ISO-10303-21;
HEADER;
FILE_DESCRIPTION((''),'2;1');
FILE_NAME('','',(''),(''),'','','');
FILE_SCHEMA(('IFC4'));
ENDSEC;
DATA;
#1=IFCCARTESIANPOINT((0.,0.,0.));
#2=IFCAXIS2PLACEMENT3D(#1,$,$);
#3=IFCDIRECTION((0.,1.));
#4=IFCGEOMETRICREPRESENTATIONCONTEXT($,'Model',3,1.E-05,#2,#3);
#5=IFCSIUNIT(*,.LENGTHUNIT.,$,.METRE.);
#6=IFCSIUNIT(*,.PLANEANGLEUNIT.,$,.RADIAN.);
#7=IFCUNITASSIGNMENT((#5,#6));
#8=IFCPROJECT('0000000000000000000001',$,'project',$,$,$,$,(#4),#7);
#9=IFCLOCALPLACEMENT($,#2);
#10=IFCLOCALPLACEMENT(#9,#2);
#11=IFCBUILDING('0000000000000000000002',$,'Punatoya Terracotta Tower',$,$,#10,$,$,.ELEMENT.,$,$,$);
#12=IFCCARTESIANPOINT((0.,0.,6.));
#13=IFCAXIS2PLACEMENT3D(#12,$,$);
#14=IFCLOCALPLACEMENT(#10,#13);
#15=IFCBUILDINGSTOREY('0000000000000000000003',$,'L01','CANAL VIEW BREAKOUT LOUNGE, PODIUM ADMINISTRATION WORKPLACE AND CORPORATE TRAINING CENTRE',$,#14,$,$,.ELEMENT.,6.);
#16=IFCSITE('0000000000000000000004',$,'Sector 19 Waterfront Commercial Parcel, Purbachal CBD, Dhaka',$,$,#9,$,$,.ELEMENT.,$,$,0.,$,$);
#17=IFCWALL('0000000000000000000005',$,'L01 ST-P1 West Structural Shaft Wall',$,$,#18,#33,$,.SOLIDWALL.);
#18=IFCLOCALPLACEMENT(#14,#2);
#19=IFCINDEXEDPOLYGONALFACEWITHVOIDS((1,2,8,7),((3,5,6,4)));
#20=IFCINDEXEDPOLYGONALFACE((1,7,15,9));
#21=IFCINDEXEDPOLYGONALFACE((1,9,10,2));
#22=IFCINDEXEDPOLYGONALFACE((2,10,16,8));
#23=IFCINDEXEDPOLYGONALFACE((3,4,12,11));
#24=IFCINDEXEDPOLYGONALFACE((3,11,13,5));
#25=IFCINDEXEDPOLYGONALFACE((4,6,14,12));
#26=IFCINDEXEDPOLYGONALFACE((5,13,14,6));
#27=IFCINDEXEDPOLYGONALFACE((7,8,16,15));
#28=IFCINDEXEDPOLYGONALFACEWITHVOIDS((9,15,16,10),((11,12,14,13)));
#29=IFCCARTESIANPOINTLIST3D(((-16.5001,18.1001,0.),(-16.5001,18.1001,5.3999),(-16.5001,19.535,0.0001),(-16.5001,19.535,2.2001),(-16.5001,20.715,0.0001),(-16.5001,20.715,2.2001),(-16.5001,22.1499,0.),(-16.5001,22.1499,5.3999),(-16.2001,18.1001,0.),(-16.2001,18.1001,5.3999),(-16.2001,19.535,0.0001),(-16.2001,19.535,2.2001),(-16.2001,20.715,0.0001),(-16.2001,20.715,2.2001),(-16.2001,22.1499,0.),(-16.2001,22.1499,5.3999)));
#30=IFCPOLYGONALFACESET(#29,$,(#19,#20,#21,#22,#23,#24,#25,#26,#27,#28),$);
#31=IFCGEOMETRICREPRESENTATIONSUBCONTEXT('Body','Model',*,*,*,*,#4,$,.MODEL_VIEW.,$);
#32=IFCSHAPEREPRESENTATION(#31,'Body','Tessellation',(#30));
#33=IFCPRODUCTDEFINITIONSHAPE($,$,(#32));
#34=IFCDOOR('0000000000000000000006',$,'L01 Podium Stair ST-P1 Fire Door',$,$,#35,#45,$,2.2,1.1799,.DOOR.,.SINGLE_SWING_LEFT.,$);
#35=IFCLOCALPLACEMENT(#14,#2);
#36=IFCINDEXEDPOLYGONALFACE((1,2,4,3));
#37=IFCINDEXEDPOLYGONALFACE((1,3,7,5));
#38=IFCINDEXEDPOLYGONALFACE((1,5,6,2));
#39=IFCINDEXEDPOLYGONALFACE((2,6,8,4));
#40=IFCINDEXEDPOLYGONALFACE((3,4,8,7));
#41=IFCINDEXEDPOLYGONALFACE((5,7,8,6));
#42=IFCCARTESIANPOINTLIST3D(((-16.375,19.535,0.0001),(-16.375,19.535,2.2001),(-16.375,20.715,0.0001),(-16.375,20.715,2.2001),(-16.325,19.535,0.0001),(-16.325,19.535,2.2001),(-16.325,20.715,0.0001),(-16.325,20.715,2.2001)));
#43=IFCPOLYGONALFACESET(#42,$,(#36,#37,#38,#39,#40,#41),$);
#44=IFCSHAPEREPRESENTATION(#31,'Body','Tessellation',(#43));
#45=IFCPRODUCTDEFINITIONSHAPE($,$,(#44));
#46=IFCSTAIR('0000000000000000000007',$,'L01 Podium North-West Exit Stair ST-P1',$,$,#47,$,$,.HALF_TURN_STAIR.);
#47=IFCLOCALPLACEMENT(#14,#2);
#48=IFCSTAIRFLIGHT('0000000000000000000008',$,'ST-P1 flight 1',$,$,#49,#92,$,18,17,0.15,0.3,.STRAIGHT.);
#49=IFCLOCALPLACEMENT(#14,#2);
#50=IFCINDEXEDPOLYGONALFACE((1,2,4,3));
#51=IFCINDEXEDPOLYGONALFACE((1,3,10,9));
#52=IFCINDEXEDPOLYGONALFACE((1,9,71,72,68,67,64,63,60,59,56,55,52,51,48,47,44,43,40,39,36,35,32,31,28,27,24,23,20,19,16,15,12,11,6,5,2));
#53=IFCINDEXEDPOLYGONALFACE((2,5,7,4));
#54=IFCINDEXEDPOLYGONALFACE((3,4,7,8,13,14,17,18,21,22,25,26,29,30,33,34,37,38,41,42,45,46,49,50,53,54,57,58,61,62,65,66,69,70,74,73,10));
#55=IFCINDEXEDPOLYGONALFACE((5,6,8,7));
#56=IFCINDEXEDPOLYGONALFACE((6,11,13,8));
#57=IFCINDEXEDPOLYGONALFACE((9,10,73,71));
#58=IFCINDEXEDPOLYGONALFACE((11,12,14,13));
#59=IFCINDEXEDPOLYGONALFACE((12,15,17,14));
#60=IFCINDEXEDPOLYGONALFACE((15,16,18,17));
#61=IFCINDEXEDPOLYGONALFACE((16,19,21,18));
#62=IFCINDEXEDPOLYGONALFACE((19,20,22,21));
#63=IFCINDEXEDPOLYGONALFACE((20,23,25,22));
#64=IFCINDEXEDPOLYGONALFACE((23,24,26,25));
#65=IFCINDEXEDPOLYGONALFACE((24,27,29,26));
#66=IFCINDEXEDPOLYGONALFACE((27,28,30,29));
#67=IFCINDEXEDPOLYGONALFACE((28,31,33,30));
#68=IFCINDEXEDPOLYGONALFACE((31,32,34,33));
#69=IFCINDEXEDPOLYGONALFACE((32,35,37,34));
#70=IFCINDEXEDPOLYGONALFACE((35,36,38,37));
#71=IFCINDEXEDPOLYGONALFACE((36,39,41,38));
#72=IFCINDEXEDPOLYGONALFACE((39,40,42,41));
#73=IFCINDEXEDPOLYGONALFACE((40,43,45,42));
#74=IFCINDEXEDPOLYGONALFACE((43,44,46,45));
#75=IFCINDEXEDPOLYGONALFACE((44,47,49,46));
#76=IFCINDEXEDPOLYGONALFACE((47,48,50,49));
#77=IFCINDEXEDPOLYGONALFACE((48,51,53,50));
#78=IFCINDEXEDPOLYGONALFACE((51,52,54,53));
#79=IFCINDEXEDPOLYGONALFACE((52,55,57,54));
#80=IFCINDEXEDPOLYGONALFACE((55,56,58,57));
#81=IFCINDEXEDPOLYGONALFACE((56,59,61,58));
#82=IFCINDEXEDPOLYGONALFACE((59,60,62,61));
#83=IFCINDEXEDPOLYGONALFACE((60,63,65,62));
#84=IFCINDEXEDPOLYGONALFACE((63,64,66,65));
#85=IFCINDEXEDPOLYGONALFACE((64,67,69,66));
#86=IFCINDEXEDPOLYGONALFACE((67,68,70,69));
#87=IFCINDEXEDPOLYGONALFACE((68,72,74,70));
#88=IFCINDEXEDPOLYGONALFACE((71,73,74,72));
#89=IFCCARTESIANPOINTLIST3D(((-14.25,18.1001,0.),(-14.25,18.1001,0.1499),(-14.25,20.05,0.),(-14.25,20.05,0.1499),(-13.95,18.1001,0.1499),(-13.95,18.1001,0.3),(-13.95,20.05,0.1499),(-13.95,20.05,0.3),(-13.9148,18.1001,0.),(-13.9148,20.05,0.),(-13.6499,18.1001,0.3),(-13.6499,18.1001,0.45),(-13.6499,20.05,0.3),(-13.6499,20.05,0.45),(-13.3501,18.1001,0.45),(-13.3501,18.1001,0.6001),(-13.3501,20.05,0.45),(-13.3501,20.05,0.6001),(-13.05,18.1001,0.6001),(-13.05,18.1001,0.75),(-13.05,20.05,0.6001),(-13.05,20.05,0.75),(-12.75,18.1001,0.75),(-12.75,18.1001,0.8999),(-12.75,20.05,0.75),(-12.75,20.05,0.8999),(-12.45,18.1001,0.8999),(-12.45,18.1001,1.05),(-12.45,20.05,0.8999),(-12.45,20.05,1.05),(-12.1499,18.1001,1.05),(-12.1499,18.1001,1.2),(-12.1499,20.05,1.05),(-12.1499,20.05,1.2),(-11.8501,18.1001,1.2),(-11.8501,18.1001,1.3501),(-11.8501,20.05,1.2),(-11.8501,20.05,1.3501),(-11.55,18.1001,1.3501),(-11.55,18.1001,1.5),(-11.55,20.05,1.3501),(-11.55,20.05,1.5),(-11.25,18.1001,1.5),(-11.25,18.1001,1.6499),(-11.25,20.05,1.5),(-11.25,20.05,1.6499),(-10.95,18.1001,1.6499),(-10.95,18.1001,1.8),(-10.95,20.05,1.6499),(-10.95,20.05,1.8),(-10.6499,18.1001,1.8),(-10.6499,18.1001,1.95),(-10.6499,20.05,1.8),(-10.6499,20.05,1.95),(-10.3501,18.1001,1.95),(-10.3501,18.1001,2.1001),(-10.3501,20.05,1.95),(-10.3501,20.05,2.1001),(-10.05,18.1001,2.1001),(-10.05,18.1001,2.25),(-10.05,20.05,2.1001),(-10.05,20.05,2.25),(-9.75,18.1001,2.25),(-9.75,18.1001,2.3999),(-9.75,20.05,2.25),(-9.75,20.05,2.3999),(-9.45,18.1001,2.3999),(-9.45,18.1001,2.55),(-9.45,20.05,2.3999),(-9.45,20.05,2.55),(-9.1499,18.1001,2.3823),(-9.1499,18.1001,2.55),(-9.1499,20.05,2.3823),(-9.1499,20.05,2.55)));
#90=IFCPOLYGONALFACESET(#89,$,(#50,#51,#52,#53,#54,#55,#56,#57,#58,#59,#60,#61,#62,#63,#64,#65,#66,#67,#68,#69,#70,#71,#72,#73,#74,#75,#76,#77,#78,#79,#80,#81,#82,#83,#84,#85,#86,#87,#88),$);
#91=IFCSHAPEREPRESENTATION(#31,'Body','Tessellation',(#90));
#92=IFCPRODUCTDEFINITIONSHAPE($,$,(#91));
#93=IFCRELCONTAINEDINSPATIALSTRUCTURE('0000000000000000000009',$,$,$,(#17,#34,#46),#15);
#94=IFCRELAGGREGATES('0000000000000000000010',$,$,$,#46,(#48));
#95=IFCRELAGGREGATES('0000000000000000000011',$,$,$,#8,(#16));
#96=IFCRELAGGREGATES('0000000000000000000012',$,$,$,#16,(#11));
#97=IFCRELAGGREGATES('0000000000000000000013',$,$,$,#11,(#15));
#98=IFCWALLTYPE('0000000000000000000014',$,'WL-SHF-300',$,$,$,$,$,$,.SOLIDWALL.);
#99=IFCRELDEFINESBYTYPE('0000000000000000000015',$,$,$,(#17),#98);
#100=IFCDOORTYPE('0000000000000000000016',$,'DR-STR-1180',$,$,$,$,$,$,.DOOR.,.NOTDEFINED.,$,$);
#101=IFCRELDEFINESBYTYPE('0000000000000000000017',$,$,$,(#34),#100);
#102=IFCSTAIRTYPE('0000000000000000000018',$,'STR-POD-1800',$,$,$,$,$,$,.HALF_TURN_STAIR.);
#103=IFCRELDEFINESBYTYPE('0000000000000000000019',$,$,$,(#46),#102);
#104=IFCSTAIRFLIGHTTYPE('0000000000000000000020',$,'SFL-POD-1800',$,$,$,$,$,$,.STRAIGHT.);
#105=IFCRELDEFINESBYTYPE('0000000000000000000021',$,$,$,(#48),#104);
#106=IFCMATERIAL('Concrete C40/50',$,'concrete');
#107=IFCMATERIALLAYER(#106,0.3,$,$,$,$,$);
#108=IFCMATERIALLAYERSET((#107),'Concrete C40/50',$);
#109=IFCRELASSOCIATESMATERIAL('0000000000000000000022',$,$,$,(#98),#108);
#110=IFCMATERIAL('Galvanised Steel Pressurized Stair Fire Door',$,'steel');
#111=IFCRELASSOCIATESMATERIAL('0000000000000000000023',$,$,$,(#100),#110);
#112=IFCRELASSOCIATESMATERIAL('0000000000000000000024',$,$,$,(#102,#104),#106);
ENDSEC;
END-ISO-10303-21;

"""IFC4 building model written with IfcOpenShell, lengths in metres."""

from ifc_helpers import new_model, si_unit, direction, frame, frame_2d, origin, place, context, subcontext, project, spatial, polyline, rectangle, outline, extrude, material, layer, layer_set, type_object, element, fill, aggregate, save


model = new_model("IFC4")

# Units and contexts
model_context = context("Model", 3, precision=1e-05, world=origin(), true_north=direction((0.0, 1.0)))
body_context = subcontext(model_context, "Body", "Model", "MODEL_VIEW")
ifc_project = project(units=[si_unit("LENGTHUNIT", "METRE"), si_unit("PLANEANGLEUNIT", "RADIAN")], contexts=[model_context])

# Site, building, storey
site_placement = place(None, origin())
site = spatial("IfcSite", under=ifc_project, at=site_placement, Name="Sector 19 Waterfront Commercial Parcel, Purbachal CBD, Dhaka", CompositionType="ELEMENT", RefElevation=0.0)
building_placement = place(site_placement, origin())
building = spatial("IfcBuilding", under=site, at=building_placement, Name="Punatoya Terracotta Tower", CompositionType="ELEMENT")
storey_placement = place(building_placement, frame((0.0, 0.0, 6.0)))
storey = spatial("IfcBuildingStorey", under=building, at=storey_placement, Name="L01", Description="CANAL VIEW BREAKOUT LOUNGE, PODIUM ADMINISTRATION WORKPLACE AND CORPORATE TRAINING CENTRE", CompositionType="ELEMENT", Elevation=6.0)

# Shared definitions
ifc_material_1 = material(Name="Concrete C40/50", Category="concrete")
ifc_layer_1 = layer(ifc_material_1, 0.3)
ifc_layer_set_1 = layer_set([ifc_layer_1], Name="Concrete C40/50")
wall_type_1 = type_object("IfcWallType", Name="WL-SHF-300", PredefinedType="SOLIDWALL", material=ifc_layer_set_1)

# Wall, opening, door
wall_1_placement = place(storey_placement, frame((-16.3501, 18.1001, 0.0), z_axis=(0.0, 0.0, 1.0), x_axis=(0.0, 1.0, 0.0)))
wall_1 = element("IfcWall", 1, at=wall_1_placement, inside=storey, type_object=wall_type_1, Name="L01 ST-P1 West Structural Shaft Wall", PredefinedType="SOLIDWALL", context=body_context, shape_type="SweptSolid", body=[
    extrude(rectangle(XDim=4.0498, YDim=0.3, at=frame_2d((2.0249, 0.0))), origin(), (0.0, 0.0, 1.0), 5.3999),
])
opening_placement = place(wall_1_placement, frame((1.4351, 0.0, 0.0)))
opening = element("IfcOpeningElement", 2, at=opening_placement, cuts=wall_1, PredefinedType="OPENING", context=body_context, shape_type="SweptSolid", body=[
    extrude(rectangle(XDim=1.1799, YDim=2.2, at=frame_2d((0.5898, 1.1001))), frame((0.0, 0.1599, 0.0), z_axis=(0.0, -1.0, 0.0), x_axis=(1.0, 0.0, 0.0)), (0.0, 0.0, 1.0), 0.3201),
])
ifc_material_2 = material(Name="Galvanised Steel Pressurized Stair Fire Door", Category="steel")
door_type = type_object("IfcDoorType", Name="DR-STR-1180", OperationType="NOTDEFINED", PredefinedType="DOOR", material=ifc_material_2)
door_placement = place(opening_placement, origin())
door = element("IfcDoor", 3, at=door_placement, inside=storey, type_object=door_type, Name="L01 Podium Stair ST-P1 Fire Door", OperationType="SINGLE_SWING_LEFT", OverallHeight=2.2, OverallWidth=1.1799, PredefinedType="DOOR", context=body_context, shape_type="SweptSolid", body=[
    extrude(rectangle(XDim=1.1799, YDim=2.2, at=frame_2d((0.5898, 1.1001))), frame((0.0, 0.0249, 0.0), z_axis=(0.0, -1.0, 0.0), x_axis=(1.0, 0.0, 0.0)), (0.0, 0.0, 1.0), 0.05),
])
fill(opening, door)

# Stair, stair flight
stair_type = type_object("IfcStairType", Name="STR-POD-1800", PredefinedType="HALF_TURN_STAIR", material=ifc_material_1)
stair_placement = place(storey_placement, origin())
stair = element("IfcStair", 4, at=stair_placement, inside=storey, type_object=stair_type, Name="L01 Podium North-West Exit Stair ST-P1", PredefinedType="HALF_TURN_STAIR")
stair_flight_type = type_object("IfcStairFlightType", Name="SFL-POD-1800", PredefinedType="STRAIGHT", material=ifc_material_1)
stair_flight_placement = place(storey_placement, frame((-14.25, 19.075, 0.0), z_axis=(0.0, 0.0, 1.0), x_axis=(1.0, 0.0, 0.0)))
stair_flight = element("IfcStairFlight", 5, at=stair_flight_placement, type_object=stair_flight_type, Name="ST-P1 flight 1", NumberOfRisers=18, NumberOfTreads=17, PredefinedType="STRAIGHT", RiserHeight=0.15, TreadLength=0.3, context=body_context, shape_type="SweptSolid", body=[
    extrude(outline(polyline([(0.0, 0.0), (0.0, 0.1499), (0.3, 0.1499), (0.3, 0.3), (0.6001, 0.3), (0.6001, 0.45), (0.8999, 0.45), (0.8999, 0.6001), (1.2, 0.6001), (1.2, 0.75), (1.5, 0.75), (1.5, 0.8999), (1.8, 0.8999), (1.8, 1.05), (2.1001, 1.05), (2.1001, 1.2), (2.3999, 1.2), (2.3999, 1.3501), (2.7, 1.3501), (2.7, 1.5), (3.0, 1.5), (3.0, 1.6499), (3.3, 1.6499), (3.3, 1.8), (3.6001, 1.8), (3.6001, 1.95), (3.8999, 1.95), (3.8999, 2.1001), (4.2, 2.1001), (4.2, 2.25), (4.5, 2.25), (4.5, 2.3999), (4.8, 2.3999), (4.8, 2.55), (5.1001, 2.55), (5.1001, 2.7), (5.1001, 2.3823), (0.3352, 0.0), (0.0, 0.0)])), frame((0.0, 0.9751, 0.0), z_axis=(0.0, -1.0, 0.0), x_axis=(1.0, 0.0, 0.0)), (0.0, 0.0, 1.0), 1.95),
])
aggregate(stair, [stair_flight])

save(model, "model.ifc")
